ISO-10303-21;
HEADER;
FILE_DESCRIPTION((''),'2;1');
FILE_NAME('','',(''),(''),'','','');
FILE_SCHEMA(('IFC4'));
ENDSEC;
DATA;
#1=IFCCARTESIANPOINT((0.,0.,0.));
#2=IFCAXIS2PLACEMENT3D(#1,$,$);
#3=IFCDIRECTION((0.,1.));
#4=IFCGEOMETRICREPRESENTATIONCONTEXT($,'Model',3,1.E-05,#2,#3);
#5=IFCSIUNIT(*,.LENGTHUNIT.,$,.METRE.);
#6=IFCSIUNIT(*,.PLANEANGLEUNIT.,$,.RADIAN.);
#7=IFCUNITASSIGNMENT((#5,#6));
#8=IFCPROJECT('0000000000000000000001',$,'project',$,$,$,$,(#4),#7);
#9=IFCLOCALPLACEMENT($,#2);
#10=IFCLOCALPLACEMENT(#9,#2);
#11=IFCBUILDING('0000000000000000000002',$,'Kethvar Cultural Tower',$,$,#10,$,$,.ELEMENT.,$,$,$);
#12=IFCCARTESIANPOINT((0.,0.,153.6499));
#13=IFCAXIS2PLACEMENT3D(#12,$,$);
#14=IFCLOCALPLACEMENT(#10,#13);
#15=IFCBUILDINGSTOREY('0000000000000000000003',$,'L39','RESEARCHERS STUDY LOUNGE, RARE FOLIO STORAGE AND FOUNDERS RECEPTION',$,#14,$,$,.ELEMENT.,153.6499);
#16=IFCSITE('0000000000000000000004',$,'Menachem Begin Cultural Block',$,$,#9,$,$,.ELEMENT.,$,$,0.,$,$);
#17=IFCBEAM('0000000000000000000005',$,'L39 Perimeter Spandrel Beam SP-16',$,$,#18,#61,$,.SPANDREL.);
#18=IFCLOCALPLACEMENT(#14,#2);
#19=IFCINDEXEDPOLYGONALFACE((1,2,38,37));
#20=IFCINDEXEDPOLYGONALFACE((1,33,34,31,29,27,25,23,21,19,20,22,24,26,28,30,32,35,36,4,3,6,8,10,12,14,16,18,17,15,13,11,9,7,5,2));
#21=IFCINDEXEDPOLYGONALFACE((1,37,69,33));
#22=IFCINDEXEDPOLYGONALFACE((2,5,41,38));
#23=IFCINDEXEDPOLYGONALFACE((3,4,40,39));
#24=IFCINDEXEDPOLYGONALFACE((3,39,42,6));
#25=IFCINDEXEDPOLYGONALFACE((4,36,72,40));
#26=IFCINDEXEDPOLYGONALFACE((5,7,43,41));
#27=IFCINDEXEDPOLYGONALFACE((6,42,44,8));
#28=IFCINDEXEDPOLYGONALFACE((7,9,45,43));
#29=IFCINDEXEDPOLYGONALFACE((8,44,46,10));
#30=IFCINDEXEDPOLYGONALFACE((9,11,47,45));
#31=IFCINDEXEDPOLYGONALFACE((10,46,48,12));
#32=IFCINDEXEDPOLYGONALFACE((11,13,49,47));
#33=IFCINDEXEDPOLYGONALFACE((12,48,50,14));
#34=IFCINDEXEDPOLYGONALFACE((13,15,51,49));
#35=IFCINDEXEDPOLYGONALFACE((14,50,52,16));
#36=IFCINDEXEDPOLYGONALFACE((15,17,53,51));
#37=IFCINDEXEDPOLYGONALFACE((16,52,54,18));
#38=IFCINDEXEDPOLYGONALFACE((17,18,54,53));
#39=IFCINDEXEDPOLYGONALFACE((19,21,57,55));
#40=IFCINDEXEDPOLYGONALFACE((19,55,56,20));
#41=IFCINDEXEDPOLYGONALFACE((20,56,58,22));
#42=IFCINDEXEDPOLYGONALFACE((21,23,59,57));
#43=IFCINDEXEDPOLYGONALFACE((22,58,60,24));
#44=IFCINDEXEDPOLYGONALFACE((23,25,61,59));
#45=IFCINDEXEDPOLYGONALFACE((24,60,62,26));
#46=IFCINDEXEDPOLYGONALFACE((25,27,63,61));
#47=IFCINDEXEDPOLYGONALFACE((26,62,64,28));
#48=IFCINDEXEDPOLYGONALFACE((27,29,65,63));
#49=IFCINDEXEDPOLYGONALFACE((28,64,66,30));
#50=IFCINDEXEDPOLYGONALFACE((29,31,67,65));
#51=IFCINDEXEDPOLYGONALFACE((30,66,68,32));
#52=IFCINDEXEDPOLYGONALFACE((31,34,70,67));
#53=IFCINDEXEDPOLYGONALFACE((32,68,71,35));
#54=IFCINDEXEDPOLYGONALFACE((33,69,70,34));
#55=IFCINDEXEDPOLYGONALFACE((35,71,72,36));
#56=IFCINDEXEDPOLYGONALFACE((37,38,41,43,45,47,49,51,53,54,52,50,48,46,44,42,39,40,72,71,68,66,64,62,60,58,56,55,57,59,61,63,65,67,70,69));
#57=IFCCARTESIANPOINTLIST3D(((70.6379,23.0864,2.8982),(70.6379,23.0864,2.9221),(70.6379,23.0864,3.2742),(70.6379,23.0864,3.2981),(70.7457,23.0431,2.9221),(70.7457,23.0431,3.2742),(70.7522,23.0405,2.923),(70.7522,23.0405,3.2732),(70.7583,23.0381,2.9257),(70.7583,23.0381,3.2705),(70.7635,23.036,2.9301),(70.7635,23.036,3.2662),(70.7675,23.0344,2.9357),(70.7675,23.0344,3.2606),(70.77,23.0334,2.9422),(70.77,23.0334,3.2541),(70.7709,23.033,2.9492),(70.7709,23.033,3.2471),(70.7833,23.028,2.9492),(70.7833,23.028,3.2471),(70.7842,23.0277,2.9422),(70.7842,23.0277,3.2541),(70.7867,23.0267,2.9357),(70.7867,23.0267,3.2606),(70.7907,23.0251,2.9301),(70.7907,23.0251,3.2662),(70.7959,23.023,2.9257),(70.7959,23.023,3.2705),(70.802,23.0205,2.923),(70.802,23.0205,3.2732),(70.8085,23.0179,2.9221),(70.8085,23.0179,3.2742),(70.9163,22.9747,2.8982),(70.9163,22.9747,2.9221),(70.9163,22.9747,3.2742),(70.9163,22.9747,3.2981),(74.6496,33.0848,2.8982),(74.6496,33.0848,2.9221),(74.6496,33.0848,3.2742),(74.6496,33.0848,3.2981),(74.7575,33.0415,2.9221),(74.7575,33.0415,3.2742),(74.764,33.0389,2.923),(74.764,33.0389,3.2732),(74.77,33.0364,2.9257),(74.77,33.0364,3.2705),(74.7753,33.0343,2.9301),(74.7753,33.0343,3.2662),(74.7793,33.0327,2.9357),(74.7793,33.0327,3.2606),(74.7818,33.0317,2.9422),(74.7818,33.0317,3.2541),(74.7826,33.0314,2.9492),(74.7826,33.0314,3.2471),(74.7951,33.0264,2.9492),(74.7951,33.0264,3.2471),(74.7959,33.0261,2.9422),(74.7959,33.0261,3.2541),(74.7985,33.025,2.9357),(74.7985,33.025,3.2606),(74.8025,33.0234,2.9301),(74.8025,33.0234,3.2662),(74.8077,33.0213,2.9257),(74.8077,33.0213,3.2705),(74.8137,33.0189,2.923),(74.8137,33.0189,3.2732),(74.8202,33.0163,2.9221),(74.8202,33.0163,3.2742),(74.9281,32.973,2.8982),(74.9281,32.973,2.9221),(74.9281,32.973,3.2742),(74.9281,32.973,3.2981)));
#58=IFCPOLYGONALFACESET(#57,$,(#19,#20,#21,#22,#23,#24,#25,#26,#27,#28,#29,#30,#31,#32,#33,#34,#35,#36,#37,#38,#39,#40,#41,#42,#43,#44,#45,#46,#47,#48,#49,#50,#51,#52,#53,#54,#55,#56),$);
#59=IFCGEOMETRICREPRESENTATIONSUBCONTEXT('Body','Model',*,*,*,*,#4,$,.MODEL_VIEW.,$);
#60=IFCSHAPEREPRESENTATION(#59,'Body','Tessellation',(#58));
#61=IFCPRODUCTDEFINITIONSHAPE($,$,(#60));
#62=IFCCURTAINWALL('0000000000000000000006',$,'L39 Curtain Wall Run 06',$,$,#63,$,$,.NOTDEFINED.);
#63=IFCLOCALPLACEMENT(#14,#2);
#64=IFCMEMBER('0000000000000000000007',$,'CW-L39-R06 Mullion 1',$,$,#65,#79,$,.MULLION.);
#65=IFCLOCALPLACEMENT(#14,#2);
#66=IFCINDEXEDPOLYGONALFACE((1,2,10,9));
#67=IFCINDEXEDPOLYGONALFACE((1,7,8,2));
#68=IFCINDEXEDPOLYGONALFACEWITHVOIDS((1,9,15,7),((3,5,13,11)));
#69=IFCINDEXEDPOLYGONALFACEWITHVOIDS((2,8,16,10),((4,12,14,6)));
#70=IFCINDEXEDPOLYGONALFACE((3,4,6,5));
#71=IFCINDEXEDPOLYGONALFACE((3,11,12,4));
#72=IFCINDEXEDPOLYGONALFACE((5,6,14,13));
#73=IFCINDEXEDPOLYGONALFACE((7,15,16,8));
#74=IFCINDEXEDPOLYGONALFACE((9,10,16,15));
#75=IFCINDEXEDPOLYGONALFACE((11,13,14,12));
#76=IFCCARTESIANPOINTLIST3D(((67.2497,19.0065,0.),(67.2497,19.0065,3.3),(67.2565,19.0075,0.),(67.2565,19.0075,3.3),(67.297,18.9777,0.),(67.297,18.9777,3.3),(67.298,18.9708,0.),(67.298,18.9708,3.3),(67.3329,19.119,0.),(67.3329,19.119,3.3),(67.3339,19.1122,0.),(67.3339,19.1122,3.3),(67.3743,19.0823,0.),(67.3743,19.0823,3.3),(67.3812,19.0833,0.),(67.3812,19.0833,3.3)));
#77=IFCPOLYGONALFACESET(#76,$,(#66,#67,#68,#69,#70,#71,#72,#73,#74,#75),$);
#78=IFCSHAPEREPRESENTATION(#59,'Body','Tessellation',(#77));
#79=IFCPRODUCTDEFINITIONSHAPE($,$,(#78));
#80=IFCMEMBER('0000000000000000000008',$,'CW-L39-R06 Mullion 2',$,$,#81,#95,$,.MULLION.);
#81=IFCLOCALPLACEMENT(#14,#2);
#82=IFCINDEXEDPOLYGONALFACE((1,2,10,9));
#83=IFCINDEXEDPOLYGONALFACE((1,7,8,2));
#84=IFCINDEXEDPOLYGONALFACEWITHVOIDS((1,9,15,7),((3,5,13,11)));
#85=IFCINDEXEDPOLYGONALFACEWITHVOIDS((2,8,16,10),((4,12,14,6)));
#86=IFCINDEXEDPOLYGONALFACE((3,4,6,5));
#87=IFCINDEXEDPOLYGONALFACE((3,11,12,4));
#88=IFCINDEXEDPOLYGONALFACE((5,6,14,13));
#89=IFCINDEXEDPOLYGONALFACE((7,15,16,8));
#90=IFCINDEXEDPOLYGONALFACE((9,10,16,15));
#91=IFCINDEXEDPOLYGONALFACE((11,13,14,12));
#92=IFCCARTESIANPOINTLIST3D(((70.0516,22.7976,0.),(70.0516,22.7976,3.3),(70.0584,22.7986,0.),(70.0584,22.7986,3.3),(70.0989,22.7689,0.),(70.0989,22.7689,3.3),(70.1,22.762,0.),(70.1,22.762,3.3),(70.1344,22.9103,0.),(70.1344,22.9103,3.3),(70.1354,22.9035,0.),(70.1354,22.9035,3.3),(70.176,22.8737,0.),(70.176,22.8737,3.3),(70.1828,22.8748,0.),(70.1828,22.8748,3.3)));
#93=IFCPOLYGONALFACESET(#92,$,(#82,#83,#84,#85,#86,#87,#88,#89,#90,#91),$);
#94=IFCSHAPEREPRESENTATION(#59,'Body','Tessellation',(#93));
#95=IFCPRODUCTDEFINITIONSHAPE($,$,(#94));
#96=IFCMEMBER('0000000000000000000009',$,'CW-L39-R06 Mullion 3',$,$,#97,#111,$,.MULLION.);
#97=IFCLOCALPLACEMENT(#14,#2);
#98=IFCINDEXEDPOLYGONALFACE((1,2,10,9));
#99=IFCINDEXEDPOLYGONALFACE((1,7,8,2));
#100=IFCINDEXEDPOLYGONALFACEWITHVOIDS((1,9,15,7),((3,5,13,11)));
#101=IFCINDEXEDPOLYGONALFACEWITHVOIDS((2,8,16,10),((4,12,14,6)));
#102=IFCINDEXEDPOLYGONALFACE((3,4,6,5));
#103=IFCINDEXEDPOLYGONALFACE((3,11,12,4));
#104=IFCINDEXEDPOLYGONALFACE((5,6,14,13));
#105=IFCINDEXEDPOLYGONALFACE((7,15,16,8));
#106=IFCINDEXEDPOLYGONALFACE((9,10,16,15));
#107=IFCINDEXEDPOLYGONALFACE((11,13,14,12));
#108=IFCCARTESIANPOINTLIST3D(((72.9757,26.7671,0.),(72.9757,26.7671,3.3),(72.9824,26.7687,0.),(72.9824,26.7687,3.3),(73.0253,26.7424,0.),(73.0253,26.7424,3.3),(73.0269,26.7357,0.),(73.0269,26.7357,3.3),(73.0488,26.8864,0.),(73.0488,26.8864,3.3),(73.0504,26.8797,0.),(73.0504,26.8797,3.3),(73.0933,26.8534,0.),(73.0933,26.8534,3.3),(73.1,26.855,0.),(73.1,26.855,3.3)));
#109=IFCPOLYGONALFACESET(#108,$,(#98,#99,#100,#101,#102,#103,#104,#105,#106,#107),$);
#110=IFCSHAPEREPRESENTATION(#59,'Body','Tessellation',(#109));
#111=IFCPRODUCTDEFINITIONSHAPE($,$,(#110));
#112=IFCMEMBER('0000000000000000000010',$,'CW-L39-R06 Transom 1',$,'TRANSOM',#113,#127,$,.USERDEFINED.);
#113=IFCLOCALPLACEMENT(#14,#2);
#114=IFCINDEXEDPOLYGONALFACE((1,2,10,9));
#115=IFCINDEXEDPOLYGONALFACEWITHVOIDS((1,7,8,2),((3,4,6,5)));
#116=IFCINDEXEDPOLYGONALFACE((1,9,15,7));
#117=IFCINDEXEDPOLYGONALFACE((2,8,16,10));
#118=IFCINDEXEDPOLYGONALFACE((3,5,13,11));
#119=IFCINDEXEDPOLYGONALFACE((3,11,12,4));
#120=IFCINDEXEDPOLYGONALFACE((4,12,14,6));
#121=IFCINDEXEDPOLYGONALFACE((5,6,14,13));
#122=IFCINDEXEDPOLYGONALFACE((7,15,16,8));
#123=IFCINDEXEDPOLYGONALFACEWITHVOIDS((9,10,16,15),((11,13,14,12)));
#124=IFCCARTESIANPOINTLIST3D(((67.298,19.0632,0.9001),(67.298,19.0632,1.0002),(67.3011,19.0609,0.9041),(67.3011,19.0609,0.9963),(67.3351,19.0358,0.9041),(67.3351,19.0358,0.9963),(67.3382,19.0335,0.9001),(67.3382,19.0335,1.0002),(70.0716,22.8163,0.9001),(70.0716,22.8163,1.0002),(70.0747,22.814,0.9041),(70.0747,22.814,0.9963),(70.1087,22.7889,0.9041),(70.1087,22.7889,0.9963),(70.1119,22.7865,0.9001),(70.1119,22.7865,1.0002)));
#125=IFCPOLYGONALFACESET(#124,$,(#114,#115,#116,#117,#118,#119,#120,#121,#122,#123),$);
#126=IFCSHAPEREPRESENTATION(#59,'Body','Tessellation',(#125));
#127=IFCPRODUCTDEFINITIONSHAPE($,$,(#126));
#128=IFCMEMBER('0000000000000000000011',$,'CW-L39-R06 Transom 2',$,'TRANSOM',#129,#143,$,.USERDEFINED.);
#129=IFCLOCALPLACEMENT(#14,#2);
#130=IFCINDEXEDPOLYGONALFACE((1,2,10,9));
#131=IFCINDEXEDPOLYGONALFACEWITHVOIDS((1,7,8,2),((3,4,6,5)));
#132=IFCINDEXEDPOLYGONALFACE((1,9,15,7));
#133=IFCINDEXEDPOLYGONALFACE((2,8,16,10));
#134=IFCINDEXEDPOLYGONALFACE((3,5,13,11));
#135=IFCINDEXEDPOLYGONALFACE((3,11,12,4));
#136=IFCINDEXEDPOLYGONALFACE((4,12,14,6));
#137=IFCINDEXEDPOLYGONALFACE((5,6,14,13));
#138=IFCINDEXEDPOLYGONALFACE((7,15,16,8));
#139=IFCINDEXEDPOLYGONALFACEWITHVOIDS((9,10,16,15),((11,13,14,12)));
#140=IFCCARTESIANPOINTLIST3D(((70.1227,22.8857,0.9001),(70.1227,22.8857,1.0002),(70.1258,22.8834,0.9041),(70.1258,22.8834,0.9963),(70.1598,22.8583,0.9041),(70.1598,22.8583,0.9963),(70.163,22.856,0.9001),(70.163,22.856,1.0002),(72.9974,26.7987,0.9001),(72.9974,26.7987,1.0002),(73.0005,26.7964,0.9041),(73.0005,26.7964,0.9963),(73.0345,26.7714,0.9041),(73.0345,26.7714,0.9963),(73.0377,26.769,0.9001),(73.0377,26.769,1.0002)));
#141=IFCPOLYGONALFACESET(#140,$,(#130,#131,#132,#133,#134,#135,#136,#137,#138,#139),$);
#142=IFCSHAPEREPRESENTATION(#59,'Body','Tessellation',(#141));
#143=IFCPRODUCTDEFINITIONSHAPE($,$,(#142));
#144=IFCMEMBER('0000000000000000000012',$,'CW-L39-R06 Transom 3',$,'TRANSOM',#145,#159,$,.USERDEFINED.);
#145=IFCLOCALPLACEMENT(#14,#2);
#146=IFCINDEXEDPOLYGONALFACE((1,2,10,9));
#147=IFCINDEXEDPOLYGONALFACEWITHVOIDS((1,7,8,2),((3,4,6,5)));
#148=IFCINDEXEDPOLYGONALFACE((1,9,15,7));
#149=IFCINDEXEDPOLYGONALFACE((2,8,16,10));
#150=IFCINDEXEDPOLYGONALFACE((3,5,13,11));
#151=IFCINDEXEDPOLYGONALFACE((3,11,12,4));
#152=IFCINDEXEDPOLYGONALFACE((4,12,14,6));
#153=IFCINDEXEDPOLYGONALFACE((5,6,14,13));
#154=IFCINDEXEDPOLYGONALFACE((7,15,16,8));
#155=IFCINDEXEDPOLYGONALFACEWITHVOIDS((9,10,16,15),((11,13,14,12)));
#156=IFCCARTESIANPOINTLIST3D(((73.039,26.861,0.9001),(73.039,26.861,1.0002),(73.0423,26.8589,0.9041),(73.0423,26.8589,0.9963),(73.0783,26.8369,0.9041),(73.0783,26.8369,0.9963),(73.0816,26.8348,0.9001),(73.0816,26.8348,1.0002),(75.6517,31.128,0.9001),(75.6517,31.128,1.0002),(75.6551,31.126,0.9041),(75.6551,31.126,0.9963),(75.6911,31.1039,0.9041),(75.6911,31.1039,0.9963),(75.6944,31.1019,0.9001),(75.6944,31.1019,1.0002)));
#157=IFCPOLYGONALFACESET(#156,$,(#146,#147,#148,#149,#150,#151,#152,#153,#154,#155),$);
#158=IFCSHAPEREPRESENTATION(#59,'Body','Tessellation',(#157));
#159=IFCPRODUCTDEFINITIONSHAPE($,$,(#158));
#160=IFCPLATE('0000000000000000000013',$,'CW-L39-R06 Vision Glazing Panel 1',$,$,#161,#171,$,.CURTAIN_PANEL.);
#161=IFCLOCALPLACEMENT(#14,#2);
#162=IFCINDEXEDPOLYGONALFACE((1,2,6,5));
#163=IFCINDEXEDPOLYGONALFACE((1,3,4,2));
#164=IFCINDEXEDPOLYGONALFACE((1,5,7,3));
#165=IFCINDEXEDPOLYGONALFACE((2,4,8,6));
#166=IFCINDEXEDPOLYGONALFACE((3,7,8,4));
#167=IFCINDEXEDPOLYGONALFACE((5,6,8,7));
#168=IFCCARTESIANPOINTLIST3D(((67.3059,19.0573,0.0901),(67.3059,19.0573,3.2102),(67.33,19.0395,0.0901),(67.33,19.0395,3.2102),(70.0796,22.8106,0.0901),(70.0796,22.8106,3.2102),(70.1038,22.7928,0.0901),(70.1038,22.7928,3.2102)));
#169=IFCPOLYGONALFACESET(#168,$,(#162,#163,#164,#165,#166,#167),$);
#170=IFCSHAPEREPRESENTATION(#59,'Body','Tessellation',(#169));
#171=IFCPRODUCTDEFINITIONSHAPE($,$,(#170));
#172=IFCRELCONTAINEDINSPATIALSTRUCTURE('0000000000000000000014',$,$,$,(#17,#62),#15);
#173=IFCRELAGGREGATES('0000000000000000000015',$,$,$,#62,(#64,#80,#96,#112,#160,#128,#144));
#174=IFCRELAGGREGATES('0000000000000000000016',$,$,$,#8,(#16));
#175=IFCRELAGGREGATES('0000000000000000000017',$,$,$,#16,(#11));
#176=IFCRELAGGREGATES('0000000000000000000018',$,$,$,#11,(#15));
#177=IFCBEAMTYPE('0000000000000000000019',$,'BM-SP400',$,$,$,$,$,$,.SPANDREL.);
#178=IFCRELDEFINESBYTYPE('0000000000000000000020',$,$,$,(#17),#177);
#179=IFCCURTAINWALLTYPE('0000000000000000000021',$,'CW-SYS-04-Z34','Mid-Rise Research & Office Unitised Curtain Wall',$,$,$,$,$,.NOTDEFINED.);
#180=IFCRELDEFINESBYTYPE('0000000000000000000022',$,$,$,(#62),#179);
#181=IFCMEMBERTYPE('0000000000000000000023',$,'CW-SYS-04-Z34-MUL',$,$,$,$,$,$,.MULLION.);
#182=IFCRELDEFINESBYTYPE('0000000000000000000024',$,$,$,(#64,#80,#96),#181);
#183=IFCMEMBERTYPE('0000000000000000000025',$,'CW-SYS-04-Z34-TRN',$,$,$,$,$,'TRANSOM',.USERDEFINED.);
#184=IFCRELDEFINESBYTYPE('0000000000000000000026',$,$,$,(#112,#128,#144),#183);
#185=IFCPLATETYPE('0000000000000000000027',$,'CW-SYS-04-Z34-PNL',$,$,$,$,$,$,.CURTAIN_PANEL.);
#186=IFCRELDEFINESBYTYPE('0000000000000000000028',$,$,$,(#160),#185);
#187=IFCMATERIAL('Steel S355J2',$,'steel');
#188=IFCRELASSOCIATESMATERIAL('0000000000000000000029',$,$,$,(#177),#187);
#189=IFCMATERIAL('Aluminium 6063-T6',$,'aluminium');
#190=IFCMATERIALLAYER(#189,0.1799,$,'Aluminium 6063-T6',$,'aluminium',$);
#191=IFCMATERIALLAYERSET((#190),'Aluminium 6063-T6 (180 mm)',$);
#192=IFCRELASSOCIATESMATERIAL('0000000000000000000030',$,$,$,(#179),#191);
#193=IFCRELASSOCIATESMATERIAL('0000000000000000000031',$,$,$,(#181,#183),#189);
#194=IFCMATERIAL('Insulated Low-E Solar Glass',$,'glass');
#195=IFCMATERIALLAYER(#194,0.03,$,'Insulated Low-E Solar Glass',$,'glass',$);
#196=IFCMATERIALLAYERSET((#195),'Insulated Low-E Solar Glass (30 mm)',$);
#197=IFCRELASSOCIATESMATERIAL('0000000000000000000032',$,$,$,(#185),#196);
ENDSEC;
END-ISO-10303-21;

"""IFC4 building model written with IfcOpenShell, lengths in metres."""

from ifc_helpers import new_model, si_unit, direction, frame, origin, origin_2d, place, context, subcontext, project, spatial, rectangle, hollow_rectangle, i_section, extrude, source, transform, mapped, material, layer, layer_set, material_profile, profile_set, type_object, element, aggregate, save


model = new_model("IFC4")

# Units and contexts
model_context = context("Model", 3, precision=1e-05, world=origin(), true_north=direction((0.0, 1.0)))
body_context = subcontext(model_context, "Body", "Model", "MODEL_VIEW")
ifc_project = project(units=[si_unit("LENGTHUNIT", "METRE"), si_unit("PLANEANGLEUNIT", "RADIAN")], contexts=[model_context])

# Site, building, storey
site_placement = place(None, origin())
site = spatial("IfcSite", under=ifc_project, at=site_placement, Name="Menachem Begin Cultural Block", CompositionType="ELEMENT", RefElevation=0.0)
building_placement = place(site_placement, origin())
building = spatial("IfcBuilding", under=site, at=building_placement, Name="Kethvar Cultural Tower", CompositionType="ELEMENT")
storey_placement = place(building_placement, frame((0.0, 0.0, 153.6499)))
storey = spatial("IfcBuildingStorey", under=building, at=storey_placement, Name="L39", Description="RESEARCHERS STUDY LOUNGE, RARE FOLIO STORAGE AND FOUNDERS RECEPTION", CompositionType="ELEMENT", Elevation=153.6499)

# Beam
ifc_material_1 = material(Name="Steel S355J2", Category="steel")
ifc_material_profile_1 = material_profile(ifc_material_1, i_section(OverallWidth=0.3, OverallDepth=0.3999, WebThickness=0.0134, FlangeThickness=0.0239, FilletRadius=0.0271, at=origin_2d()), Name="Steel S355J2 — HEB400")
ifc_profile_set_1 = profile_set([ifc_material_profile_1], Name="Steel S355J2 — HEB400")
beam_type_1 = type_object("IfcBeamType", Name="BM-SP400", PredefinedType="SPANDREL", material=ifc_profile_set_1)
shared_shape_1 = source(origin(), body_context, "Body", "SweptSolid", [
    extrude(i_section(OverallWidth=0.3, OverallDepth=0.3999, WebThickness=0.0134, FlangeThickness=0.0239, FilletRadius=0.0271, at=origin_2d()), origin(), (0.0, 0.0, 1.0), 10.7732),
])
beam_1_placement = place(storey_placement, frame((70.7771, 23.0305, 3.0981), z_axis=(0.372383, 0.928079, 0.0), x_axis=(-0.928079, 0.372383, 0.0)))
element("IfcBeam", 1, at=beam_1_placement, inside=storey, type_object=beam_type_1, Name="L39 Perimeter Spandrel Beam SP-16", PredefinedType="SPANDREL", context=body_context, shape_type="MappedRepresentation", body=[
    mapped(shared_shape_1, transform((0.0, 0.0, 0.0), scale=1.0)),
])

# Curtain wall, members, plate
ifc_material_2 = material(Name="Aluminium 6063-T6", Category="aluminium")
ifc_layer_1 = layer(ifc_material_2, 0.1799, Name="Aluminium 6063-T6", Category="aluminium")
ifc_layer_set_1 = layer_set([ifc_layer_1], Name="Aluminium 6063-T6 (180 mm)")
curtain_wall_type = type_object("IfcCurtainWallType", Name="CW-SYS-04-Z34", Description="Mid-Rise Research & Office Unitised Curtain Wall", PredefinedType="NOTDEFINED", material=ifc_layer_set_1)
curtain_wall_placement = place(storey_placement, origin())
curtain_wall = element("IfcCurtainWall", 2, at=curtain_wall_placement, inside=storey, type_object=curtain_wall_type, Name="L39 Curtain Wall Run 06", PredefinedType="NOTDEFINED")
ifc_material_profile_2 = material_profile(ifc_material_2, hollow_rectangle(XDim=0.0601, YDim=0.1399, WallThickness=0.0049, at=origin_2d()), Name="Aluminium 6063-T6 — RHS140x60x5")
ifc_profile_set_2 = profile_set([ifc_material_profile_2], Name="Aluminium 6063-T6 — RHS140x60x5")
member_type_1 = type_object("IfcMemberType", Name="CW-SYS-04-Z34-MUL", PredefinedType="MULLION", material=ifc_profile_set_2)
shared_shape_2 = source(origin(), body_context, "Body", "SweptSolid", [
    extrude(hollow_rectangle(XDim=0.0601, YDim=0.1399, WallThickness=0.0049, at=origin_2d()), origin(), (0.0, 0.0, 1.0), 3.3),
])
member_1_placement = place(storey_placement, frame((67.3154, 19.0449, 0.0), z_axis=(0.0, 0.0, 1.0), x_axis=(-0.80422, 0.594332, 0.0)))
member_1 = element("IfcMember", 3, at=member_1_placement, type_object=member_type_1, Name="CW-L39-R06 Mullion 1", PredefinedType="MULLION", context=body_context, shape_type="MappedRepresentation", body=[
    mapped(shared_shape_2, transform((0.0, 0.0, 0.0), scale=1.0)),
])
member_2_placement = place(storey_placement, frame((70.1172, 22.8362, 0.0), z_axis=(0.0, 0.0, 1.0), x_axis=(-0.805897, 0.592055, 0.0)))
member_2 = element("IfcMember", 4, at=member_2_placement, type_object=member_type_1, Name="CW-L39-R06 Mullion 2", PredefinedType="MULLION", context=body_context, shape_type="MappedRepresentation", body=[
    mapped(shared_shape_2, transform((0.0, 0.0, 0.0), scale=1.0)),
])
member_3_placement = place(storey_placement, frame((73.0378, 26.811, 0.0), z_axis=(0.0, 0.0, 1.0), x_axis=(-0.85285, 0.522156, 0.0)))
member_3 = element("IfcMember", 5, at=member_3_placement, type_object=member_type_1, Name="CW-L39-R06 Mullion 3", PredefinedType="MULLION", context=body_context, shape_type="MappedRepresentation", body=[
    mapped(shared_shape_2, transform((0.0, 0.0, 0.0), scale=1.0)),
])
ifc_material_profile_3 = material_profile(ifc_material_2, hollow_rectangle(XDim=0.05, YDim=0.1001, WallThickness=0.0039, at=origin_2d()), Name="Aluminium 6063-T6 — RHS100x50x4")
ifc_profile_set_3 = profile_set([ifc_material_profile_3], Name="Aluminium 6063-T6 — RHS100x50x4")
member_type_2 = type_object("IfcMemberType", Name="CW-SYS-04-Z34-TRN", ElementType="TRANSOM", PredefinedType="USERDEFINED", material=ifc_profile_set_3)
shared_shape_3 = source(origin(), body_context, "Body", "SweptSolid", [
    extrude(hollow_rectangle(XDim=0.05, YDim=0.1001, WallThickness=0.0039, at=origin_2d()), origin(), (0.0, 0.0, 1.0), 4.6667),
])
member_4_placement = place(storey_placement, frame((67.3181, 19.0483, 0.9502), z_axis=(0.594335, 0.804217, 0.0), x_axis=(-0.804217, 0.594335, 0.0)))
member_4 = element("IfcMember", 6, at=member_4_placement, type_object=member_type_2, Name="CW-L39-R06 Transom 1", ObjectType="TRANSOM", PredefinedType="USERDEFINED", context=body_context, shape_type="MappedRepresentation", body=[
    mapped(shared_shape_3, transform((0.0, 0.0, 0.0), scale=1.0)),
])
shared_shape_4 = source(origin(), body_context, "Body", "SweptSolid", [
    extrude(hollow_rectangle(XDim=0.05, YDim=0.1001, WallThickness=0.0039, at=origin_2d()), origin(), (0.0, 0.0, 1.0), 4.8555),
])
member_5_placement = place(storey_placement, frame((70.1428, 22.8708, 0.9502), z_axis=(0.592054, 0.805898, 0.0), x_axis=(-0.805898, 0.592054, 0.0)))
member_5 = element("IfcMember", 7, at=member_5_placement, type_object=member_type_2, Name="CW-L39-R06 Transom 2", ObjectType="TRANSOM", PredefinedType="USERDEFINED", context=body_context, shape_type="MappedRepresentation", body=[
    mapped(shared_shape_4, transform((0.0, 0.0, 0.0), scale=1.0)),
])
shared_shape_5 = source(origin(), body_context, "Body", "SweptSolid", [
    extrude(hollow_rectangle(XDim=0.05, YDim=0.1001, WallThickness=0.0039, at=origin_2d()), origin(), (0.0, 0.0, 1.0), 5.0034),
])
member_6_placement = place(storey_placement, frame((73.0603, 26.8479, 0.9502), z_axis=(0.522196, 0.852826, 0.0), x_axis=(-0.852826, 0.522196, 0.0)))
member_6 = element("IfcMember", 8, at=member_6_placement, type_object=member_type_2, Name="CW-L39-R06 Transom 3", ObjectType="TRANSOM", PredefinedType="USERDEFINED", context=body_context, shape_type="MappedRepresentation", body=[
    mapped(shared_shape_5, transform((0.0, 0.0, 0.0), scale=1.0)),
])
ifc_material_3 = material(Name="Insulated Low-E Solar Glass", Category="glass")
ifc_layer_2 = layer(ifc_material_3, 0.03, Name="Insulated Low-E Solar Glass", Category="glass")
ifc_layer_set_2 = layer_set([ifc_layer_2], Name="Insulated Low-E Solar Glass (30 mm)")
plate_type = type_object("IfcPlateType", Name="CW-SYS-04-Z34-PNL", PredefinedType="CURTAIN_PANEL", material=ifc_layer_set_2)
shared_shape_6 = source(origin(), body_context, "Body", "SweptSolid", [
    extrude(rectangle(XDim=4.667, YDim=0.03, at=origin_2d()), origin(), (0.0, 0.0, 1.0), 3.1201),
])
plate_1_placement = place(storey_placement, frame((68.7048, 20.925, 0.0901), z_axis=(0.0, 0.0, 1.0), x_axis=(0.594332, 0.80422, 0.0)))
plate_1 = element("IfcPlate", 9, at=plate_1_placement, type_object=plate_type, Name="CW-L39-R06 Vision Glazing Panel 1", PredefinedType="CURTAIN_PANEL", context=body_context, shape_type="MappedRepresentation", body=[
    mapped(shared_shape_6, transform((0.0, 0.0, 0.0), scale=1.0)),
])
aggregate(curtain_wall, [member_1, member_2, member_3, member_4, plate_1, member_5, member_6])

save(model, "model.ifc")
